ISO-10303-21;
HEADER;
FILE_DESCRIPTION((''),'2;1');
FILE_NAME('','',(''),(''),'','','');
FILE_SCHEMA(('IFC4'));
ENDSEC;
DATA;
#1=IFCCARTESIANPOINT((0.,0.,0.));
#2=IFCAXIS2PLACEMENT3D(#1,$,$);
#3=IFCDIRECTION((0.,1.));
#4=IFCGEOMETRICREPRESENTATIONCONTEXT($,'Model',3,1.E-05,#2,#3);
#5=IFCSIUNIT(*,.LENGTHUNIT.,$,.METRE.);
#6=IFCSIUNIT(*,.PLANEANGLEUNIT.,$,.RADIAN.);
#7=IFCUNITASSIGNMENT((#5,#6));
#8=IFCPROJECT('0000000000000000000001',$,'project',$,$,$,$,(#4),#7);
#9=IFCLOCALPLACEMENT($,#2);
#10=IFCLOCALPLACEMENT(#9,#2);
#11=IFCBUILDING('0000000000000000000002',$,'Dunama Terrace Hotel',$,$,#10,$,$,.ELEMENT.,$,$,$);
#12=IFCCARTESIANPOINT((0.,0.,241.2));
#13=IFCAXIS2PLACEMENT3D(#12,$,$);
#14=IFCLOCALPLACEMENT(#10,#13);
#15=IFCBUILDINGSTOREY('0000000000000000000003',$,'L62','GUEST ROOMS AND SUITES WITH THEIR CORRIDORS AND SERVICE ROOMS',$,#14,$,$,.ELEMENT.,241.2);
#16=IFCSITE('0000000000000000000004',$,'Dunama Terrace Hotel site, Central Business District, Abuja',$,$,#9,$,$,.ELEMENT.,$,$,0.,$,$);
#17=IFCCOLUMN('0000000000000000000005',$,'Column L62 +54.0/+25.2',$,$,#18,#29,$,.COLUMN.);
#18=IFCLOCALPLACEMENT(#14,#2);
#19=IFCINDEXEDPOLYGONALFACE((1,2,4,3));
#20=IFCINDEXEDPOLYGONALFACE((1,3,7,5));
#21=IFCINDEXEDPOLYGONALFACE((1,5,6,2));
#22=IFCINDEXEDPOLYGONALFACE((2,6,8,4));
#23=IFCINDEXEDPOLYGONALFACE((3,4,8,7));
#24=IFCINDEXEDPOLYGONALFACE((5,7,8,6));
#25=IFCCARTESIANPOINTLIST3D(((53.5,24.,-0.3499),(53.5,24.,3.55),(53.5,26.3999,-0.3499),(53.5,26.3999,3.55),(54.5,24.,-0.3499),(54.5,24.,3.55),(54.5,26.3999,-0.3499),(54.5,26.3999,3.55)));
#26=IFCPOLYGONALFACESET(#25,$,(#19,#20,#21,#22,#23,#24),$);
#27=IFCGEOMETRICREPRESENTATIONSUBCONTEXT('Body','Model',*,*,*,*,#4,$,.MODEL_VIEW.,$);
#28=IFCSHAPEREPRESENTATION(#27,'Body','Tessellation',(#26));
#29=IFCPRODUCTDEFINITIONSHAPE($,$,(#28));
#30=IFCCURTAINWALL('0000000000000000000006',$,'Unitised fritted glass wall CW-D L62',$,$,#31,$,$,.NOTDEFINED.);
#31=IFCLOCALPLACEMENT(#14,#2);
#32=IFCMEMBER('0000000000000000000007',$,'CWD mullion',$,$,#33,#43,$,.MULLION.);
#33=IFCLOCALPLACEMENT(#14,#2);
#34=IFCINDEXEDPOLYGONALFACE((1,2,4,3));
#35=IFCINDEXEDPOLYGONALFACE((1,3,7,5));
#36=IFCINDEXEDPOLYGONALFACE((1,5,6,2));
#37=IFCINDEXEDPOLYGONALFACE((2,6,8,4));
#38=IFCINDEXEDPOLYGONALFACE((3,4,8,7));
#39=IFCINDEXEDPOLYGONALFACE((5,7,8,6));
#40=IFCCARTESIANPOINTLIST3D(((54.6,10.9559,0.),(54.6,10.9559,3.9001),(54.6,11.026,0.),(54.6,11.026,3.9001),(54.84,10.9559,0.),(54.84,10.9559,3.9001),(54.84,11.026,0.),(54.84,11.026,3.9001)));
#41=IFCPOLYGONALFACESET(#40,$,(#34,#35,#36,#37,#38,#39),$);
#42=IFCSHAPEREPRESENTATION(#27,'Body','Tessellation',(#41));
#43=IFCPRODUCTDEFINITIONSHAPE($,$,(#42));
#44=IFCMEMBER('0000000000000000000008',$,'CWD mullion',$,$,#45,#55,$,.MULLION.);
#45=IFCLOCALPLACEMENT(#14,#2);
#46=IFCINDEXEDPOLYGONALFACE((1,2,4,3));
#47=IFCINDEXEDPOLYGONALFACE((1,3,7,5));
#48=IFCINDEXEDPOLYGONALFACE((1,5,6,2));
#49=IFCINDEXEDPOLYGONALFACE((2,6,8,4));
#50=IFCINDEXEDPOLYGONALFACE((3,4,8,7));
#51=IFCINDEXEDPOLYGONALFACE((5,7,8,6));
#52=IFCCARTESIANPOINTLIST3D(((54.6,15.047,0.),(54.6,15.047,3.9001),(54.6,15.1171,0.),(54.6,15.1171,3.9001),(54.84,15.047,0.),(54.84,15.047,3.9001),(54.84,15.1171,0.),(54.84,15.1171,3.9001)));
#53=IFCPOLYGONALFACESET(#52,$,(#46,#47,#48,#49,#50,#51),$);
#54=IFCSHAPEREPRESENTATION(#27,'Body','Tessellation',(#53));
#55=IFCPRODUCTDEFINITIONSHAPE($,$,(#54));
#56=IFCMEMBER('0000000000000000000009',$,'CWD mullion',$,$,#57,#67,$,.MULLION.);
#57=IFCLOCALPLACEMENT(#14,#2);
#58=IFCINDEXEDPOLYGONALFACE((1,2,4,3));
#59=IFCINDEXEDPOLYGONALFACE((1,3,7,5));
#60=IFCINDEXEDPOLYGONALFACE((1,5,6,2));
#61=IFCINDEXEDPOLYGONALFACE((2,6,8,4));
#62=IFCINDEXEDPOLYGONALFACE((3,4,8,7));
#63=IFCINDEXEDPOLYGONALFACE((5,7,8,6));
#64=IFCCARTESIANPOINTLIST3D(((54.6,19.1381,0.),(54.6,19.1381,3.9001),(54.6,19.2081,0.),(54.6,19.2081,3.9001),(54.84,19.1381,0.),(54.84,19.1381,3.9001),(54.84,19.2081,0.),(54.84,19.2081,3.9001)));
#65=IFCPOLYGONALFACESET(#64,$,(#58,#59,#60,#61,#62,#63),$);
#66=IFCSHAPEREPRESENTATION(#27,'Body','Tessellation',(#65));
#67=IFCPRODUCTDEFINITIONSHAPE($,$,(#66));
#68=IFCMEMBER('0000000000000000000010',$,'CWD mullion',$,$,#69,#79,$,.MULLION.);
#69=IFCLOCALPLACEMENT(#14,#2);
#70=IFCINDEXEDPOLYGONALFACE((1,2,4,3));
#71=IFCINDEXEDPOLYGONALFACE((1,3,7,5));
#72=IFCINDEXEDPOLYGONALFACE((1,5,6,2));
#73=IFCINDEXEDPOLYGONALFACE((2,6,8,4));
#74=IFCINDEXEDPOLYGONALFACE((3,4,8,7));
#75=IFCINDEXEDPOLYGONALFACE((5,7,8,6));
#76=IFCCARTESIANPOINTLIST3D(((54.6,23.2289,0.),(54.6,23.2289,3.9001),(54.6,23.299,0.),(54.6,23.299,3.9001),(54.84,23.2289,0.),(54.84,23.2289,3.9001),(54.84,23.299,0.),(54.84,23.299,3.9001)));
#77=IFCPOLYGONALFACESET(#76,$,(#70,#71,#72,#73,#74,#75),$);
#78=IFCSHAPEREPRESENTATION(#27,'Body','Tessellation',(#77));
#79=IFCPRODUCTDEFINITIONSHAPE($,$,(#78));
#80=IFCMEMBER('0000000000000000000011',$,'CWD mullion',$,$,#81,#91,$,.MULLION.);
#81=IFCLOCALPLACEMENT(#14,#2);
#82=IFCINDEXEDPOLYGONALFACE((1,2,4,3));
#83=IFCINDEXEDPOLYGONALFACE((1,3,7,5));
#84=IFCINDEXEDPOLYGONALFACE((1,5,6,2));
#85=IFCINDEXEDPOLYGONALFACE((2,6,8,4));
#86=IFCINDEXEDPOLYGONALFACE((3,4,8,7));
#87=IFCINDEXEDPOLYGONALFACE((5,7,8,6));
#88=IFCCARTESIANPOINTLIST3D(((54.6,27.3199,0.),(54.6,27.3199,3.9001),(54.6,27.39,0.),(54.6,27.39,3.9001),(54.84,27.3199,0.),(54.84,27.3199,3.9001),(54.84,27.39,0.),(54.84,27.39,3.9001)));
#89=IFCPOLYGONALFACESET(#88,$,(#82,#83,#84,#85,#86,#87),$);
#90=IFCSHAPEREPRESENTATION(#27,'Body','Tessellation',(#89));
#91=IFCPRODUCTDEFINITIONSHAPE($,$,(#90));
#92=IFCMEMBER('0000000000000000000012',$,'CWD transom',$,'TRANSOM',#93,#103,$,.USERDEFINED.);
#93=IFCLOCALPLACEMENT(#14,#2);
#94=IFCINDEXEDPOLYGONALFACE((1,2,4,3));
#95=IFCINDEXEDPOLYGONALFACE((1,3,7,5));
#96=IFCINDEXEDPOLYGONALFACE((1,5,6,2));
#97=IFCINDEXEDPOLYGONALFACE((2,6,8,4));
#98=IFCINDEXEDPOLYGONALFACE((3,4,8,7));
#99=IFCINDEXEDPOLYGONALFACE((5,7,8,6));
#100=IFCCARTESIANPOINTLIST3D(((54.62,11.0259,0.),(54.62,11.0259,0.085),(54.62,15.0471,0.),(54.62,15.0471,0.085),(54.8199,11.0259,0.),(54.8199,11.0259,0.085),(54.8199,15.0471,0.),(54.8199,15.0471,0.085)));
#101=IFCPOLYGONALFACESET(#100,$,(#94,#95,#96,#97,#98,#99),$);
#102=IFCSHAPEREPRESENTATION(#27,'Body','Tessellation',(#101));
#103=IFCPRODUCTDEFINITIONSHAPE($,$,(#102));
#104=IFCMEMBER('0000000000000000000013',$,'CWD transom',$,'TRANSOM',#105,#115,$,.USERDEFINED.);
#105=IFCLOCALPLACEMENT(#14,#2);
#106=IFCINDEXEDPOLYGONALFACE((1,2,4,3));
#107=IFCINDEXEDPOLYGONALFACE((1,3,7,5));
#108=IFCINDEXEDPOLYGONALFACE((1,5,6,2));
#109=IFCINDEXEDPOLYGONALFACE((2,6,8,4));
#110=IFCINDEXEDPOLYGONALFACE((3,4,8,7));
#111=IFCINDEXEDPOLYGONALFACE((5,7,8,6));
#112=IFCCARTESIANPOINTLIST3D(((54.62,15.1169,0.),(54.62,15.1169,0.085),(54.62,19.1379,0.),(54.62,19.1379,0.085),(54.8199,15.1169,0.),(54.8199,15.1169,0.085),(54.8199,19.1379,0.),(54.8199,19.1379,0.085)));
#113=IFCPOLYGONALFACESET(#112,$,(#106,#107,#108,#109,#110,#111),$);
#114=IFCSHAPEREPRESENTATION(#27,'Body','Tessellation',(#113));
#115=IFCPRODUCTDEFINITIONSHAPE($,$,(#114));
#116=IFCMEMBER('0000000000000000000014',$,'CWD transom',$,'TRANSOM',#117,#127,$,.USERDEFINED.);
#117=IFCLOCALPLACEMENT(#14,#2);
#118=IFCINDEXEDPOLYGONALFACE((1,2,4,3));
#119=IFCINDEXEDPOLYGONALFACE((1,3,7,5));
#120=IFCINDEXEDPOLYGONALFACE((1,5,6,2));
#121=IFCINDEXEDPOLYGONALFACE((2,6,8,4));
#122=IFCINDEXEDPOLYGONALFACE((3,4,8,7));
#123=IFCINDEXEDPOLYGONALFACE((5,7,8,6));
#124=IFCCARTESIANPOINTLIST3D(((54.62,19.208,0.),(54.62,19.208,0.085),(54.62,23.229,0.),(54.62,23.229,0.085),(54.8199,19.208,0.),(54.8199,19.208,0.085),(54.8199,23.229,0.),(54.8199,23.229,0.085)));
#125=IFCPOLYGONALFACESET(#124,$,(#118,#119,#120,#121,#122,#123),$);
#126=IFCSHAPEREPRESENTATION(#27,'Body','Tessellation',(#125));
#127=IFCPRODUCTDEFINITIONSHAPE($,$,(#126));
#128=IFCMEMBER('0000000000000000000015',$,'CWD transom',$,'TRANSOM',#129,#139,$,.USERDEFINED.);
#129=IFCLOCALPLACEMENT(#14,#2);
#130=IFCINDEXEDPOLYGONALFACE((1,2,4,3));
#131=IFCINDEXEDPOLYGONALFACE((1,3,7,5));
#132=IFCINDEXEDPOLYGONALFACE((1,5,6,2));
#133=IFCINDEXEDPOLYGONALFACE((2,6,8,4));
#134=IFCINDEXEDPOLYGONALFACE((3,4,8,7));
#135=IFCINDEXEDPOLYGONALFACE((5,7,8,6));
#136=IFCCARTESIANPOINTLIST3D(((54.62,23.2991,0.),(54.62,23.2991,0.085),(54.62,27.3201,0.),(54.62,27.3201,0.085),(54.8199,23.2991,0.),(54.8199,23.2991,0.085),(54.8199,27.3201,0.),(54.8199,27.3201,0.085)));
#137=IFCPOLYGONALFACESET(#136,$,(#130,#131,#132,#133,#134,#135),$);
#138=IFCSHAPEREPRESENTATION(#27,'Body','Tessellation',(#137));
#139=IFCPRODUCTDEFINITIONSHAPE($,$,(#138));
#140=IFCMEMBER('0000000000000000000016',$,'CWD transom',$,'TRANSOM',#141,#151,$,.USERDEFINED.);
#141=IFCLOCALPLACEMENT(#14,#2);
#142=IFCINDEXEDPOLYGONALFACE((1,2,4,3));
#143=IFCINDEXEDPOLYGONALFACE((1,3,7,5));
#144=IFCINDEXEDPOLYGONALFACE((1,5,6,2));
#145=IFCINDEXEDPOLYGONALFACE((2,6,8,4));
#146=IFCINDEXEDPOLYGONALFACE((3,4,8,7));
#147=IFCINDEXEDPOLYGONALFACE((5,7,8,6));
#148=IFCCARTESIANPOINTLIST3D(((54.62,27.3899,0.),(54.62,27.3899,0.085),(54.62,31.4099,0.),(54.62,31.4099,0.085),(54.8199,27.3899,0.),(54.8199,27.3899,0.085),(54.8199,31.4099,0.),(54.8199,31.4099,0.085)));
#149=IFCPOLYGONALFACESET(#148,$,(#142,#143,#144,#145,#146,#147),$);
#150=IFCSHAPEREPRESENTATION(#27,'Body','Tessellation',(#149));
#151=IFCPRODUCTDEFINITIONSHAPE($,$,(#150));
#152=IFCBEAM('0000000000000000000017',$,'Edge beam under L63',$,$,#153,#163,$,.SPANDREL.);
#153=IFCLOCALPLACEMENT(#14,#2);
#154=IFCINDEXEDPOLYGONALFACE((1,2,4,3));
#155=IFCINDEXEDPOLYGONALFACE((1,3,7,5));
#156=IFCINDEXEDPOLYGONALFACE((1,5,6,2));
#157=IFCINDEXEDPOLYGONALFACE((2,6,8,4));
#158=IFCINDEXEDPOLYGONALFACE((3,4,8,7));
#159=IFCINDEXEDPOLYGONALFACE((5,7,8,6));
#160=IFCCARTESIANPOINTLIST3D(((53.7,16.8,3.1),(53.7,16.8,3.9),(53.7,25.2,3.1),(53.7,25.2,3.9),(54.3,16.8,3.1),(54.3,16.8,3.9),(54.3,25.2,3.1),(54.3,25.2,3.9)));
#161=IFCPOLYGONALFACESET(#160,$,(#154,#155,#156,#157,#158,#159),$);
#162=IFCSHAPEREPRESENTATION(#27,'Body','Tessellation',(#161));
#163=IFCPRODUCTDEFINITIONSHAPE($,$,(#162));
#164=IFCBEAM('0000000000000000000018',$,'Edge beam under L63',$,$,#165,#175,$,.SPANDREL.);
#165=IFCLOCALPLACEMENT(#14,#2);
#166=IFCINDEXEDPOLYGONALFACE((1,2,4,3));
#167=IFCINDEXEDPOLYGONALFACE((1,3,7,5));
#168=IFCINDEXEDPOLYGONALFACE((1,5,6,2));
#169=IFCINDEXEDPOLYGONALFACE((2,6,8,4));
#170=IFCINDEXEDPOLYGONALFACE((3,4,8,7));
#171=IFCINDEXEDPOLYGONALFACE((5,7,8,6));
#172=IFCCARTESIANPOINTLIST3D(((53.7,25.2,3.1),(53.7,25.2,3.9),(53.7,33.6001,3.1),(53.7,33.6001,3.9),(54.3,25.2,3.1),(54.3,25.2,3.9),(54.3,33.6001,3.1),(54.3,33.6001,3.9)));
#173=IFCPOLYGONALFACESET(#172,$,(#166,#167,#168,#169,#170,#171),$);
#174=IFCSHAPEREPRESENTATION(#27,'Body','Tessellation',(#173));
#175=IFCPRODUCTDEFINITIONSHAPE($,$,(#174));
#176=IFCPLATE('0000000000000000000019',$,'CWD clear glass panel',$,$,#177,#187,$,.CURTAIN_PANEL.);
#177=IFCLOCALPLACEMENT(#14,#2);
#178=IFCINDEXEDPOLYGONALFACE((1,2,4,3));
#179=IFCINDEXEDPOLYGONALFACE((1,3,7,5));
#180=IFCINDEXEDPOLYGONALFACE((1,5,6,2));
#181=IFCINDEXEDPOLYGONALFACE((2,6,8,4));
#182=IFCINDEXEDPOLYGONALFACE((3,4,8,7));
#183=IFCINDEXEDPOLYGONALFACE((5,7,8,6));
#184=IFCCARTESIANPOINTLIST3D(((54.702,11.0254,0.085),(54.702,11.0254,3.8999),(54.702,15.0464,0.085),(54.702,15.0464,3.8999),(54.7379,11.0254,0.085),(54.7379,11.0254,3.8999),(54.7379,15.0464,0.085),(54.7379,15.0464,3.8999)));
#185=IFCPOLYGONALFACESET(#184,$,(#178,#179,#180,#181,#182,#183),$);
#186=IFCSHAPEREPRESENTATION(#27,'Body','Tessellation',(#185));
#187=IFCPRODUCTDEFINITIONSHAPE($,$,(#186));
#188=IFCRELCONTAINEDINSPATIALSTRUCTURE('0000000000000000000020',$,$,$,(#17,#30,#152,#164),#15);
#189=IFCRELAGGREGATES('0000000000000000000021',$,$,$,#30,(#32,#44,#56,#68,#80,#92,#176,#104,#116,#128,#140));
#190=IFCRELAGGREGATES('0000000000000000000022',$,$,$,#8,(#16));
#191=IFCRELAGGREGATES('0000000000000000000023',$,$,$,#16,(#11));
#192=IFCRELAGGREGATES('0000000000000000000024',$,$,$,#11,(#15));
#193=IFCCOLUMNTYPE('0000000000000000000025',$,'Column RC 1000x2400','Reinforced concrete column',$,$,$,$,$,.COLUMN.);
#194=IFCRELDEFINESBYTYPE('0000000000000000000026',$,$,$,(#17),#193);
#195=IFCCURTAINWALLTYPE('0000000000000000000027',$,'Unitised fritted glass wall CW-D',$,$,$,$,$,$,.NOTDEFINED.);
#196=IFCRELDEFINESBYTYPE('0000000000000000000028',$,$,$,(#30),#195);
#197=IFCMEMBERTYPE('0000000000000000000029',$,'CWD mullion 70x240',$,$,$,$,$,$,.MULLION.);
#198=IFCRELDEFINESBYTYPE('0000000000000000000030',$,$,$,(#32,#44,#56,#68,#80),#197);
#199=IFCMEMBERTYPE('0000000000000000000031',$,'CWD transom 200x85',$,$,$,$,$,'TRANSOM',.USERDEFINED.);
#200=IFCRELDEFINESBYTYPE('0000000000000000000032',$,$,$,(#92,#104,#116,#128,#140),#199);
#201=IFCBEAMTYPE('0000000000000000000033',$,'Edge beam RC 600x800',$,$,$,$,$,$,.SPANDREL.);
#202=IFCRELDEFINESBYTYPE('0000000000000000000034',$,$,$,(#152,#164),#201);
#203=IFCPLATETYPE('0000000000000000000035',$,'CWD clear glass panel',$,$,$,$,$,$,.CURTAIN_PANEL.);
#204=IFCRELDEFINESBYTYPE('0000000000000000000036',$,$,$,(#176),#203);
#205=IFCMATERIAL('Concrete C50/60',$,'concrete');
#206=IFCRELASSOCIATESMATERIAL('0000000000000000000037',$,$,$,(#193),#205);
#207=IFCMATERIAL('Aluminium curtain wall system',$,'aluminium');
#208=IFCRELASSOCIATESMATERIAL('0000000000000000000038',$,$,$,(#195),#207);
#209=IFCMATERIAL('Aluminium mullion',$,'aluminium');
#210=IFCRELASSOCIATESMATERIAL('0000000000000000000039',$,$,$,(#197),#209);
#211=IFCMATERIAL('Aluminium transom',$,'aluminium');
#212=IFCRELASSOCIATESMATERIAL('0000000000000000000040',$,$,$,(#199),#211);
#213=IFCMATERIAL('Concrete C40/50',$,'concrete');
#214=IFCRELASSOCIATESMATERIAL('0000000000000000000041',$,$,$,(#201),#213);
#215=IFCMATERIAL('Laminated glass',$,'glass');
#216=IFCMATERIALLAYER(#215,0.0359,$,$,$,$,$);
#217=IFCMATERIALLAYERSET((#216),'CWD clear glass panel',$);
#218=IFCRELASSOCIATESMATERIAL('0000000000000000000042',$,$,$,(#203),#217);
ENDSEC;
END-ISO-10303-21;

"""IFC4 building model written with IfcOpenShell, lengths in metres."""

from ifc_helpers import new_model, si_unit, direction, frame, origin, origin_2d, place, context, subcontext, project, spatial, rectangle, extrude, material, layer, layer_set, material_profile, profile_set, type_object, element, aggregate, save


model = new_model("IFC4")

# Units and contexts
model_context = context("Model", 3, precision=1e-05, world=origin(), true_north=direction((0.0, 1.0)))
body_context = subcontext(model_context, "Body", "Model", "MODEL_VIEW")
ifc_project = project(units=[si_unit("LENGTHUNIT", "METRE"), si_unit("PLANEANGLEUNIT", "RADIAN")], contexts=[model_context])

# Site, building, storey
site_placement = place(None, origin())
site = spatial("IfcSite", under=ifc_project, at=site_placement, Name="Dunama Terrace Hotel site, Central Business District, Abuja", CompositionType="ELEMENT", RefElevation=0.0)
building_placement = place(site_placement, origin())
building = spatial("IfcBuilding", under=site, at=building_placement, Name="Dunama Terrace Hotel", CompositionType="ELEMENT")
storey_placement = place(building_placement, frame((0.0, 0.0, 241.2)))
storey = spatial("IfcBuildingStorey", under=building, at=storey_placement, Name="L62", Description="GUEST ROOMS AND SUITES WITH THEIR CORRIDORS AND SERVICE ROOMS", CompositionType="ELEMENT", Elevation=241.2)

# Column
ifc_material_1 = material(Name="Concrete C50/60", Category="concrete")
ifc_material_profile_1 = material_profile(ifc_material_1, rectangle(XDim=1.0, YDim=2.3999, at=origin_2d()), Name="RC 1000x2400")
ifc_profile_set_1 = profile_set([ifc_material_profile_1], Name="Concrete C50/60")
column_type = type_object("IfcColumnType", Name="Column RC 1000x2400", Description="Reinforced concrete column", PredefinedType="COLUMN", material=ifc_profile_set_1)
column_placement = place(storey_placement, frame((54.0, 25.2, -0.3499), z_axis=(0.0, 0.0, 1.0), x_axis=(1.0, 0.0, 0.0)))
element("IfcColumn", 1, at=column_placement, inside=storey, type_object=column_type, Name="Column L62 +54.0/+25.2", PredefinedType="COLUMN", context=body_context, shape_type="SweptSolid", body=[
    extrude(rectangle(XDim=1.0, YDim=2.3999, at=origin_2d()), origin(), (0.0, 0.0, 1.0), 3.8999),
])

# Curtain wall, members
ifc_material_2 = material(Name="Aluminium curtain wall system", Category="aluminium")
curtain_wall_type = type_object("IfcCurtainWallType", Name="Unitised fritted glass wall CW-D", PredefinedType="NOTDEFINED", material=ifc_material_2)
curtain_wall_placement = place(storey_placement, origin())
curtain_wall = element("IfcCurtainWall", 2, at=curtain_wall_placement, inside=storey, type_object=curtain_wall_type, Name="Unitised fritted glass wall CW-D L62", PredefinedType="NOTDEFINED")
ifc_material_3 = material(Name="Aluminium mullion", Category="aluminium")
ifc_material_profile_2 = material_profile(ifc_material_3, rectangle(XDim=0.0701, YDim=0.24, at=origin_2d()), Name="CWD MULLION 70X240")
ifc_profile_set_2 = profile_set([ifc_material_profile_2], Name="Aluminium mullion")
member_type_1 = type_object("IfcMemberType", Name="CWD mullion 70x240", PredefinedType="MULLION", material=ifc_profile_set_2)
member_1_placement = place(storey_placement, frame((54.72, 10.991, 0.0), z_axis=(0.0, 0.0, 1.0), x_axis=(0.0, 1.0, 0.0)))
member_1 = element("IfcMember", 3, at=member_1_placement, type_object=member_type_1, Name="CWD mullion", PredefinedType="MULLION", context=body_context, shape_type="SweptSolid", body=[
    extrude(rectangle(XDim=0.0701, YDim=0.24, at=origin_2d()), origin(), (0.0, 0.0, 1.0), 3.9001),
])
member_2_placement = place(storey_placement, frame((54.72, 15.082, 0.0), z_axis=(0.0, 0.0, 1.0), x_axis=(0.0, 1.0, 0.0)))
member_2 = element("IfcMember", 4, at=member_2_placement, type_object=member_type_1, Name="CWD mullion", PredefinedType="MULLION", context=body_context, shape_type="SweptSolid", body=[
    extrude(rectangle(XDim=0.0701, YDim=0.24, at=origin_2d()), origin(), (0.0, 0.0, 1.0), 3.9001),
])
member_3_placement = place(storey_placement, frame((54.72, 19.1731, 0.0), z_axis=(0.0, 0.0, 1.0), x_axis=(0.0, 1.0, 0.0)))
member_3 = element("IfcMember", 5, at=member_3_placement, type_object=member_type_1, Name="CWD mullion", PredefinedType="MULLION", context=body_context, shape_type="SweptSolid", body=[
    extrude(rectangle(XDim=0.0701, YDim=0.24, at=origin_2d()), origin(), (0.0, 0.0, 1.0), 3.9001),
])
member_4_placement = place(storey_placement, frame((54.72, 23.2639, 0.0), z_axis=(0.0, 0.0, 1.0), x_axis=(0.0, 1.0, 0.0)))
member_4 = element("IfcMember", 6, at=member_4_placement, type_object=member_type_1, Name="CWD mullion", PredefinedType="MULLION", context=body_context, shape_type="SweptSolid", body=[
    extrude(rectangle(XDim=0.0701, YDim=0.24, at=origin_2d()), origin(), (0.0, 0.0, 1.0), 3.9001),
])
member_5_placement = place(storey_placement, frame((54.72, 27.355, 0.0), z_axis=(0.0, 0.0, 1.0), x_axis=(0.0, 1.0, 0.0)))
member_5 = element("IfcMember", 7, at=member_5_placement, type_object=member_type_1, Name="CWD mullion", PredefinedType="MULLION", context=body_context, shape_type="SweptSolid", body=[
    extrude(rectangle(XDim=0.0701, YDim=0.24, at=origin_2d()), origin(), (0.0, 0.0, 1.0), 3.9001),
])
ifc_material_4 = material(Name="Aluminium transom", Category="aluminium")
ifc_material_profile_3 = material_profile(ifc_material_4, rectangle(XDim=0.2, YDim=0.085, at=origin_2d()), Name="CWD TRANSOM 200X85")
ifc_profile_set_3 = profile_set([ifc_material_profile_3], Name="Aluminium transom")
member_type_2 = type_object("IfcMemberType", Name="CWD transom 200x85", ElementType="TRANSOM", PredefinedType="USERDEFINED", material=ifc_profile_set_3)
member_6_placement = place(storey_placement, frame((54.72, 11.0259, 0.0425), z_axis=(0.0, 1.0, 0.0), x_axis=(-1.0, 0.0, 0.0)))
member_6 = element("IfcMember", 8, at=member_6_placement, type_object=member_type_2, Name="CWD transom", ObjectType="TRANSOM", PredefinedType="USERDEFINED", context=body_context, shape_type="SweptSolid", body=[
    extrude(rectangle(XDim=0.2, YDim=0.085, at=origin_2d()), origin(), (0.0, 0.0, 1.0), 4.0212),
])
member_7_placement = place(storey_placement, frame((54.72, 15.1169, 0.0425), z_axis=(0.0, 1.0, 0.0), x_axis=(-1.0, 0.0, 0.0)))
member_7 = element("IfcMember", 9, at=member_7_placement, type_object=member_type_2, Name="CWD transom", ObjectType="TRANSOM", PredefinedType="USERDEFINED", context=body_context, shape_type="SweptSolid", body=[
    extrude(rectangle(XDim=0.2, YDim=0.085, at=origin_2d()), origin(), (0.0, 0.0, 1.0), 4.021),
])
member_8_placement = place(storey_placement, frame((54.72, 19.208, 0.0425), z_axis=(0.0, 1.0, 0.0), x_axis=(-1.0, 0.0, 0.0)))
member_8 = element("IfcMember", 10, at=member_8_placement, type_object=member_type_2, Name="CWD transom", ObjectType="TRANSOM", PredefinedType="USERDEFINED", context=body_context, shape_type="SweptSolid", body=[
    extrude(rectangle(XDim=0.2, YDim=0.085, at=origin_2d()), origin(), (0.0, 0.0, 1.0), 4.021),
])
member_9_placement = place(storey_placement, frame((54.72, 23.2991, 0.0425), z_axis=(0.0, 1.0, 0.0), x_axis=(-1.0, 0.0, 0.0)))
member_9 = element("IfcMember", 11, at=member_9_placement, type_object=member_type_2, Name="CWD transom", ObjectType="TRANSOM", PredefinedType="USERDEFINED", context=body_context, shape_type="SweptSolid", body=[
    extrude(rectangle(XDim=0.2, YDim=0.085, at=origin_2d()), origin(), (0.0, 0.0, 1.0), 4.021),
])
member_10_placement = place(storey_placement, frame((54.72, 27.3899, 0.0425), z_axis=(0.0, 1.0, 0.0), x_axis=(-1.0, 0.0, 0.0)))
member_10 = element("IfcMember", 12, at=member_10_placement, type_object=member_type_2, Name="CWD transom", ObjectType="TRANSOM", PredefinedType="USERDEFINED", context=body_context, shape_type="SweptSolid", body=[
    extrude(rectangle(XDim=0.2, YDim=0.085, at=origin_2d()), origin(), (0.0, 0.0, 1.0), 4.02),
])

# Beams
ifc_material_5 = material(Name="Concrete C40/50", Category="concrete")
ifc_material_profile_4 = material_profile(ifc_material_5, rectangle(XDim=0.6001, YDim=0.8, at=origin_2d()), Name="RC 600x800")
ifc_profile_set_4 = profile_set([ifc_material_profile_4], Name="Concrete C40/50")
beam_type = type_object("IfcBeamType", Name="Edge beam RC 600x800", PredefinedType="SPANDREL", material=ifc_profile_set_4)
beam_1_placement = place(storey_placement, frame((54.0, 16.8, 3.5), z_axis=(0.0, 1.0, 0.0), x_axis=(-1.0, 0.0, 0.0)))
element("IfcBeam", 13, at=beam_1_placement, inside=storey, type_object=beam_type, Name="Edge beam under L63", PredefinedType="SPANDREL", context=body_context, shape_type="SweptSolid", body=[
    extrude(rectangle(XDim=0.6001, YDim=0.8, at=origin_2d()), origin(), (0.0, 0.0, 1.0), 8.3999),
])
beam_2_placement = place(storey_placement, frame((54.0, 25.2, 3.5), z_axis=(0.0, 1.0, 0.0), x_axis=(-1.0, 0.0, 0.0)))
element("IfcBeam", 14, at=beam_2_placement, inside=storey, type_object=beam_type, Name="Edge beam under L63", PredefinedType="SPANDREL", context=body_context, shape_type="SweptSolid", body=[
    extrude(rectangle(XDim=0.6001, YDim=0.8, at=origin_2d()), origin(), (0.0, 0.0, 1.0), 8.4001),
])

# Plate
ifc_material_6 = material(Name="Laminated glass", Category="glass")
ifc_layer_1 = layer(ifc_material_6, 0.0359)
ifc_layer_set_1 = layer_set([ifc_layer_1], Name="CWD clear glass panel")
plate_type_1 = type_object("IfcPlateType", Name="CWD clear glass panel", PredefinedType="CURTAIN_PANEL", material=ifc_layer_set_1)
plate_1_placement = place(storey_placement, frame((54.72, 13.0359, 0.085), z_axis=(0.0, 0.0, 1.0), x_axis=(0.0, 1.0, 0.0)))
plate_1 = element("IfcPlate", 15, at=plate_1_placement, type_object=plate_type_1, Name="CWD clear glass panel", PredefinedType="CURTAIN_PANEL", context=body_context, shape_type="SweptSolid", body=[
    extrude(rectangle(XDim=4.021, YDim=0.0359, at=origin_2d()), origin(), (0.0, 0.0, 1.0), 3.8149),
])
aggregate(curtain_wall, [member_1, member_2, member_3, member_4, member_5, member_6, plate_1, member_7, member_8, member_9, member_10])

save(model, "model.ifc")
